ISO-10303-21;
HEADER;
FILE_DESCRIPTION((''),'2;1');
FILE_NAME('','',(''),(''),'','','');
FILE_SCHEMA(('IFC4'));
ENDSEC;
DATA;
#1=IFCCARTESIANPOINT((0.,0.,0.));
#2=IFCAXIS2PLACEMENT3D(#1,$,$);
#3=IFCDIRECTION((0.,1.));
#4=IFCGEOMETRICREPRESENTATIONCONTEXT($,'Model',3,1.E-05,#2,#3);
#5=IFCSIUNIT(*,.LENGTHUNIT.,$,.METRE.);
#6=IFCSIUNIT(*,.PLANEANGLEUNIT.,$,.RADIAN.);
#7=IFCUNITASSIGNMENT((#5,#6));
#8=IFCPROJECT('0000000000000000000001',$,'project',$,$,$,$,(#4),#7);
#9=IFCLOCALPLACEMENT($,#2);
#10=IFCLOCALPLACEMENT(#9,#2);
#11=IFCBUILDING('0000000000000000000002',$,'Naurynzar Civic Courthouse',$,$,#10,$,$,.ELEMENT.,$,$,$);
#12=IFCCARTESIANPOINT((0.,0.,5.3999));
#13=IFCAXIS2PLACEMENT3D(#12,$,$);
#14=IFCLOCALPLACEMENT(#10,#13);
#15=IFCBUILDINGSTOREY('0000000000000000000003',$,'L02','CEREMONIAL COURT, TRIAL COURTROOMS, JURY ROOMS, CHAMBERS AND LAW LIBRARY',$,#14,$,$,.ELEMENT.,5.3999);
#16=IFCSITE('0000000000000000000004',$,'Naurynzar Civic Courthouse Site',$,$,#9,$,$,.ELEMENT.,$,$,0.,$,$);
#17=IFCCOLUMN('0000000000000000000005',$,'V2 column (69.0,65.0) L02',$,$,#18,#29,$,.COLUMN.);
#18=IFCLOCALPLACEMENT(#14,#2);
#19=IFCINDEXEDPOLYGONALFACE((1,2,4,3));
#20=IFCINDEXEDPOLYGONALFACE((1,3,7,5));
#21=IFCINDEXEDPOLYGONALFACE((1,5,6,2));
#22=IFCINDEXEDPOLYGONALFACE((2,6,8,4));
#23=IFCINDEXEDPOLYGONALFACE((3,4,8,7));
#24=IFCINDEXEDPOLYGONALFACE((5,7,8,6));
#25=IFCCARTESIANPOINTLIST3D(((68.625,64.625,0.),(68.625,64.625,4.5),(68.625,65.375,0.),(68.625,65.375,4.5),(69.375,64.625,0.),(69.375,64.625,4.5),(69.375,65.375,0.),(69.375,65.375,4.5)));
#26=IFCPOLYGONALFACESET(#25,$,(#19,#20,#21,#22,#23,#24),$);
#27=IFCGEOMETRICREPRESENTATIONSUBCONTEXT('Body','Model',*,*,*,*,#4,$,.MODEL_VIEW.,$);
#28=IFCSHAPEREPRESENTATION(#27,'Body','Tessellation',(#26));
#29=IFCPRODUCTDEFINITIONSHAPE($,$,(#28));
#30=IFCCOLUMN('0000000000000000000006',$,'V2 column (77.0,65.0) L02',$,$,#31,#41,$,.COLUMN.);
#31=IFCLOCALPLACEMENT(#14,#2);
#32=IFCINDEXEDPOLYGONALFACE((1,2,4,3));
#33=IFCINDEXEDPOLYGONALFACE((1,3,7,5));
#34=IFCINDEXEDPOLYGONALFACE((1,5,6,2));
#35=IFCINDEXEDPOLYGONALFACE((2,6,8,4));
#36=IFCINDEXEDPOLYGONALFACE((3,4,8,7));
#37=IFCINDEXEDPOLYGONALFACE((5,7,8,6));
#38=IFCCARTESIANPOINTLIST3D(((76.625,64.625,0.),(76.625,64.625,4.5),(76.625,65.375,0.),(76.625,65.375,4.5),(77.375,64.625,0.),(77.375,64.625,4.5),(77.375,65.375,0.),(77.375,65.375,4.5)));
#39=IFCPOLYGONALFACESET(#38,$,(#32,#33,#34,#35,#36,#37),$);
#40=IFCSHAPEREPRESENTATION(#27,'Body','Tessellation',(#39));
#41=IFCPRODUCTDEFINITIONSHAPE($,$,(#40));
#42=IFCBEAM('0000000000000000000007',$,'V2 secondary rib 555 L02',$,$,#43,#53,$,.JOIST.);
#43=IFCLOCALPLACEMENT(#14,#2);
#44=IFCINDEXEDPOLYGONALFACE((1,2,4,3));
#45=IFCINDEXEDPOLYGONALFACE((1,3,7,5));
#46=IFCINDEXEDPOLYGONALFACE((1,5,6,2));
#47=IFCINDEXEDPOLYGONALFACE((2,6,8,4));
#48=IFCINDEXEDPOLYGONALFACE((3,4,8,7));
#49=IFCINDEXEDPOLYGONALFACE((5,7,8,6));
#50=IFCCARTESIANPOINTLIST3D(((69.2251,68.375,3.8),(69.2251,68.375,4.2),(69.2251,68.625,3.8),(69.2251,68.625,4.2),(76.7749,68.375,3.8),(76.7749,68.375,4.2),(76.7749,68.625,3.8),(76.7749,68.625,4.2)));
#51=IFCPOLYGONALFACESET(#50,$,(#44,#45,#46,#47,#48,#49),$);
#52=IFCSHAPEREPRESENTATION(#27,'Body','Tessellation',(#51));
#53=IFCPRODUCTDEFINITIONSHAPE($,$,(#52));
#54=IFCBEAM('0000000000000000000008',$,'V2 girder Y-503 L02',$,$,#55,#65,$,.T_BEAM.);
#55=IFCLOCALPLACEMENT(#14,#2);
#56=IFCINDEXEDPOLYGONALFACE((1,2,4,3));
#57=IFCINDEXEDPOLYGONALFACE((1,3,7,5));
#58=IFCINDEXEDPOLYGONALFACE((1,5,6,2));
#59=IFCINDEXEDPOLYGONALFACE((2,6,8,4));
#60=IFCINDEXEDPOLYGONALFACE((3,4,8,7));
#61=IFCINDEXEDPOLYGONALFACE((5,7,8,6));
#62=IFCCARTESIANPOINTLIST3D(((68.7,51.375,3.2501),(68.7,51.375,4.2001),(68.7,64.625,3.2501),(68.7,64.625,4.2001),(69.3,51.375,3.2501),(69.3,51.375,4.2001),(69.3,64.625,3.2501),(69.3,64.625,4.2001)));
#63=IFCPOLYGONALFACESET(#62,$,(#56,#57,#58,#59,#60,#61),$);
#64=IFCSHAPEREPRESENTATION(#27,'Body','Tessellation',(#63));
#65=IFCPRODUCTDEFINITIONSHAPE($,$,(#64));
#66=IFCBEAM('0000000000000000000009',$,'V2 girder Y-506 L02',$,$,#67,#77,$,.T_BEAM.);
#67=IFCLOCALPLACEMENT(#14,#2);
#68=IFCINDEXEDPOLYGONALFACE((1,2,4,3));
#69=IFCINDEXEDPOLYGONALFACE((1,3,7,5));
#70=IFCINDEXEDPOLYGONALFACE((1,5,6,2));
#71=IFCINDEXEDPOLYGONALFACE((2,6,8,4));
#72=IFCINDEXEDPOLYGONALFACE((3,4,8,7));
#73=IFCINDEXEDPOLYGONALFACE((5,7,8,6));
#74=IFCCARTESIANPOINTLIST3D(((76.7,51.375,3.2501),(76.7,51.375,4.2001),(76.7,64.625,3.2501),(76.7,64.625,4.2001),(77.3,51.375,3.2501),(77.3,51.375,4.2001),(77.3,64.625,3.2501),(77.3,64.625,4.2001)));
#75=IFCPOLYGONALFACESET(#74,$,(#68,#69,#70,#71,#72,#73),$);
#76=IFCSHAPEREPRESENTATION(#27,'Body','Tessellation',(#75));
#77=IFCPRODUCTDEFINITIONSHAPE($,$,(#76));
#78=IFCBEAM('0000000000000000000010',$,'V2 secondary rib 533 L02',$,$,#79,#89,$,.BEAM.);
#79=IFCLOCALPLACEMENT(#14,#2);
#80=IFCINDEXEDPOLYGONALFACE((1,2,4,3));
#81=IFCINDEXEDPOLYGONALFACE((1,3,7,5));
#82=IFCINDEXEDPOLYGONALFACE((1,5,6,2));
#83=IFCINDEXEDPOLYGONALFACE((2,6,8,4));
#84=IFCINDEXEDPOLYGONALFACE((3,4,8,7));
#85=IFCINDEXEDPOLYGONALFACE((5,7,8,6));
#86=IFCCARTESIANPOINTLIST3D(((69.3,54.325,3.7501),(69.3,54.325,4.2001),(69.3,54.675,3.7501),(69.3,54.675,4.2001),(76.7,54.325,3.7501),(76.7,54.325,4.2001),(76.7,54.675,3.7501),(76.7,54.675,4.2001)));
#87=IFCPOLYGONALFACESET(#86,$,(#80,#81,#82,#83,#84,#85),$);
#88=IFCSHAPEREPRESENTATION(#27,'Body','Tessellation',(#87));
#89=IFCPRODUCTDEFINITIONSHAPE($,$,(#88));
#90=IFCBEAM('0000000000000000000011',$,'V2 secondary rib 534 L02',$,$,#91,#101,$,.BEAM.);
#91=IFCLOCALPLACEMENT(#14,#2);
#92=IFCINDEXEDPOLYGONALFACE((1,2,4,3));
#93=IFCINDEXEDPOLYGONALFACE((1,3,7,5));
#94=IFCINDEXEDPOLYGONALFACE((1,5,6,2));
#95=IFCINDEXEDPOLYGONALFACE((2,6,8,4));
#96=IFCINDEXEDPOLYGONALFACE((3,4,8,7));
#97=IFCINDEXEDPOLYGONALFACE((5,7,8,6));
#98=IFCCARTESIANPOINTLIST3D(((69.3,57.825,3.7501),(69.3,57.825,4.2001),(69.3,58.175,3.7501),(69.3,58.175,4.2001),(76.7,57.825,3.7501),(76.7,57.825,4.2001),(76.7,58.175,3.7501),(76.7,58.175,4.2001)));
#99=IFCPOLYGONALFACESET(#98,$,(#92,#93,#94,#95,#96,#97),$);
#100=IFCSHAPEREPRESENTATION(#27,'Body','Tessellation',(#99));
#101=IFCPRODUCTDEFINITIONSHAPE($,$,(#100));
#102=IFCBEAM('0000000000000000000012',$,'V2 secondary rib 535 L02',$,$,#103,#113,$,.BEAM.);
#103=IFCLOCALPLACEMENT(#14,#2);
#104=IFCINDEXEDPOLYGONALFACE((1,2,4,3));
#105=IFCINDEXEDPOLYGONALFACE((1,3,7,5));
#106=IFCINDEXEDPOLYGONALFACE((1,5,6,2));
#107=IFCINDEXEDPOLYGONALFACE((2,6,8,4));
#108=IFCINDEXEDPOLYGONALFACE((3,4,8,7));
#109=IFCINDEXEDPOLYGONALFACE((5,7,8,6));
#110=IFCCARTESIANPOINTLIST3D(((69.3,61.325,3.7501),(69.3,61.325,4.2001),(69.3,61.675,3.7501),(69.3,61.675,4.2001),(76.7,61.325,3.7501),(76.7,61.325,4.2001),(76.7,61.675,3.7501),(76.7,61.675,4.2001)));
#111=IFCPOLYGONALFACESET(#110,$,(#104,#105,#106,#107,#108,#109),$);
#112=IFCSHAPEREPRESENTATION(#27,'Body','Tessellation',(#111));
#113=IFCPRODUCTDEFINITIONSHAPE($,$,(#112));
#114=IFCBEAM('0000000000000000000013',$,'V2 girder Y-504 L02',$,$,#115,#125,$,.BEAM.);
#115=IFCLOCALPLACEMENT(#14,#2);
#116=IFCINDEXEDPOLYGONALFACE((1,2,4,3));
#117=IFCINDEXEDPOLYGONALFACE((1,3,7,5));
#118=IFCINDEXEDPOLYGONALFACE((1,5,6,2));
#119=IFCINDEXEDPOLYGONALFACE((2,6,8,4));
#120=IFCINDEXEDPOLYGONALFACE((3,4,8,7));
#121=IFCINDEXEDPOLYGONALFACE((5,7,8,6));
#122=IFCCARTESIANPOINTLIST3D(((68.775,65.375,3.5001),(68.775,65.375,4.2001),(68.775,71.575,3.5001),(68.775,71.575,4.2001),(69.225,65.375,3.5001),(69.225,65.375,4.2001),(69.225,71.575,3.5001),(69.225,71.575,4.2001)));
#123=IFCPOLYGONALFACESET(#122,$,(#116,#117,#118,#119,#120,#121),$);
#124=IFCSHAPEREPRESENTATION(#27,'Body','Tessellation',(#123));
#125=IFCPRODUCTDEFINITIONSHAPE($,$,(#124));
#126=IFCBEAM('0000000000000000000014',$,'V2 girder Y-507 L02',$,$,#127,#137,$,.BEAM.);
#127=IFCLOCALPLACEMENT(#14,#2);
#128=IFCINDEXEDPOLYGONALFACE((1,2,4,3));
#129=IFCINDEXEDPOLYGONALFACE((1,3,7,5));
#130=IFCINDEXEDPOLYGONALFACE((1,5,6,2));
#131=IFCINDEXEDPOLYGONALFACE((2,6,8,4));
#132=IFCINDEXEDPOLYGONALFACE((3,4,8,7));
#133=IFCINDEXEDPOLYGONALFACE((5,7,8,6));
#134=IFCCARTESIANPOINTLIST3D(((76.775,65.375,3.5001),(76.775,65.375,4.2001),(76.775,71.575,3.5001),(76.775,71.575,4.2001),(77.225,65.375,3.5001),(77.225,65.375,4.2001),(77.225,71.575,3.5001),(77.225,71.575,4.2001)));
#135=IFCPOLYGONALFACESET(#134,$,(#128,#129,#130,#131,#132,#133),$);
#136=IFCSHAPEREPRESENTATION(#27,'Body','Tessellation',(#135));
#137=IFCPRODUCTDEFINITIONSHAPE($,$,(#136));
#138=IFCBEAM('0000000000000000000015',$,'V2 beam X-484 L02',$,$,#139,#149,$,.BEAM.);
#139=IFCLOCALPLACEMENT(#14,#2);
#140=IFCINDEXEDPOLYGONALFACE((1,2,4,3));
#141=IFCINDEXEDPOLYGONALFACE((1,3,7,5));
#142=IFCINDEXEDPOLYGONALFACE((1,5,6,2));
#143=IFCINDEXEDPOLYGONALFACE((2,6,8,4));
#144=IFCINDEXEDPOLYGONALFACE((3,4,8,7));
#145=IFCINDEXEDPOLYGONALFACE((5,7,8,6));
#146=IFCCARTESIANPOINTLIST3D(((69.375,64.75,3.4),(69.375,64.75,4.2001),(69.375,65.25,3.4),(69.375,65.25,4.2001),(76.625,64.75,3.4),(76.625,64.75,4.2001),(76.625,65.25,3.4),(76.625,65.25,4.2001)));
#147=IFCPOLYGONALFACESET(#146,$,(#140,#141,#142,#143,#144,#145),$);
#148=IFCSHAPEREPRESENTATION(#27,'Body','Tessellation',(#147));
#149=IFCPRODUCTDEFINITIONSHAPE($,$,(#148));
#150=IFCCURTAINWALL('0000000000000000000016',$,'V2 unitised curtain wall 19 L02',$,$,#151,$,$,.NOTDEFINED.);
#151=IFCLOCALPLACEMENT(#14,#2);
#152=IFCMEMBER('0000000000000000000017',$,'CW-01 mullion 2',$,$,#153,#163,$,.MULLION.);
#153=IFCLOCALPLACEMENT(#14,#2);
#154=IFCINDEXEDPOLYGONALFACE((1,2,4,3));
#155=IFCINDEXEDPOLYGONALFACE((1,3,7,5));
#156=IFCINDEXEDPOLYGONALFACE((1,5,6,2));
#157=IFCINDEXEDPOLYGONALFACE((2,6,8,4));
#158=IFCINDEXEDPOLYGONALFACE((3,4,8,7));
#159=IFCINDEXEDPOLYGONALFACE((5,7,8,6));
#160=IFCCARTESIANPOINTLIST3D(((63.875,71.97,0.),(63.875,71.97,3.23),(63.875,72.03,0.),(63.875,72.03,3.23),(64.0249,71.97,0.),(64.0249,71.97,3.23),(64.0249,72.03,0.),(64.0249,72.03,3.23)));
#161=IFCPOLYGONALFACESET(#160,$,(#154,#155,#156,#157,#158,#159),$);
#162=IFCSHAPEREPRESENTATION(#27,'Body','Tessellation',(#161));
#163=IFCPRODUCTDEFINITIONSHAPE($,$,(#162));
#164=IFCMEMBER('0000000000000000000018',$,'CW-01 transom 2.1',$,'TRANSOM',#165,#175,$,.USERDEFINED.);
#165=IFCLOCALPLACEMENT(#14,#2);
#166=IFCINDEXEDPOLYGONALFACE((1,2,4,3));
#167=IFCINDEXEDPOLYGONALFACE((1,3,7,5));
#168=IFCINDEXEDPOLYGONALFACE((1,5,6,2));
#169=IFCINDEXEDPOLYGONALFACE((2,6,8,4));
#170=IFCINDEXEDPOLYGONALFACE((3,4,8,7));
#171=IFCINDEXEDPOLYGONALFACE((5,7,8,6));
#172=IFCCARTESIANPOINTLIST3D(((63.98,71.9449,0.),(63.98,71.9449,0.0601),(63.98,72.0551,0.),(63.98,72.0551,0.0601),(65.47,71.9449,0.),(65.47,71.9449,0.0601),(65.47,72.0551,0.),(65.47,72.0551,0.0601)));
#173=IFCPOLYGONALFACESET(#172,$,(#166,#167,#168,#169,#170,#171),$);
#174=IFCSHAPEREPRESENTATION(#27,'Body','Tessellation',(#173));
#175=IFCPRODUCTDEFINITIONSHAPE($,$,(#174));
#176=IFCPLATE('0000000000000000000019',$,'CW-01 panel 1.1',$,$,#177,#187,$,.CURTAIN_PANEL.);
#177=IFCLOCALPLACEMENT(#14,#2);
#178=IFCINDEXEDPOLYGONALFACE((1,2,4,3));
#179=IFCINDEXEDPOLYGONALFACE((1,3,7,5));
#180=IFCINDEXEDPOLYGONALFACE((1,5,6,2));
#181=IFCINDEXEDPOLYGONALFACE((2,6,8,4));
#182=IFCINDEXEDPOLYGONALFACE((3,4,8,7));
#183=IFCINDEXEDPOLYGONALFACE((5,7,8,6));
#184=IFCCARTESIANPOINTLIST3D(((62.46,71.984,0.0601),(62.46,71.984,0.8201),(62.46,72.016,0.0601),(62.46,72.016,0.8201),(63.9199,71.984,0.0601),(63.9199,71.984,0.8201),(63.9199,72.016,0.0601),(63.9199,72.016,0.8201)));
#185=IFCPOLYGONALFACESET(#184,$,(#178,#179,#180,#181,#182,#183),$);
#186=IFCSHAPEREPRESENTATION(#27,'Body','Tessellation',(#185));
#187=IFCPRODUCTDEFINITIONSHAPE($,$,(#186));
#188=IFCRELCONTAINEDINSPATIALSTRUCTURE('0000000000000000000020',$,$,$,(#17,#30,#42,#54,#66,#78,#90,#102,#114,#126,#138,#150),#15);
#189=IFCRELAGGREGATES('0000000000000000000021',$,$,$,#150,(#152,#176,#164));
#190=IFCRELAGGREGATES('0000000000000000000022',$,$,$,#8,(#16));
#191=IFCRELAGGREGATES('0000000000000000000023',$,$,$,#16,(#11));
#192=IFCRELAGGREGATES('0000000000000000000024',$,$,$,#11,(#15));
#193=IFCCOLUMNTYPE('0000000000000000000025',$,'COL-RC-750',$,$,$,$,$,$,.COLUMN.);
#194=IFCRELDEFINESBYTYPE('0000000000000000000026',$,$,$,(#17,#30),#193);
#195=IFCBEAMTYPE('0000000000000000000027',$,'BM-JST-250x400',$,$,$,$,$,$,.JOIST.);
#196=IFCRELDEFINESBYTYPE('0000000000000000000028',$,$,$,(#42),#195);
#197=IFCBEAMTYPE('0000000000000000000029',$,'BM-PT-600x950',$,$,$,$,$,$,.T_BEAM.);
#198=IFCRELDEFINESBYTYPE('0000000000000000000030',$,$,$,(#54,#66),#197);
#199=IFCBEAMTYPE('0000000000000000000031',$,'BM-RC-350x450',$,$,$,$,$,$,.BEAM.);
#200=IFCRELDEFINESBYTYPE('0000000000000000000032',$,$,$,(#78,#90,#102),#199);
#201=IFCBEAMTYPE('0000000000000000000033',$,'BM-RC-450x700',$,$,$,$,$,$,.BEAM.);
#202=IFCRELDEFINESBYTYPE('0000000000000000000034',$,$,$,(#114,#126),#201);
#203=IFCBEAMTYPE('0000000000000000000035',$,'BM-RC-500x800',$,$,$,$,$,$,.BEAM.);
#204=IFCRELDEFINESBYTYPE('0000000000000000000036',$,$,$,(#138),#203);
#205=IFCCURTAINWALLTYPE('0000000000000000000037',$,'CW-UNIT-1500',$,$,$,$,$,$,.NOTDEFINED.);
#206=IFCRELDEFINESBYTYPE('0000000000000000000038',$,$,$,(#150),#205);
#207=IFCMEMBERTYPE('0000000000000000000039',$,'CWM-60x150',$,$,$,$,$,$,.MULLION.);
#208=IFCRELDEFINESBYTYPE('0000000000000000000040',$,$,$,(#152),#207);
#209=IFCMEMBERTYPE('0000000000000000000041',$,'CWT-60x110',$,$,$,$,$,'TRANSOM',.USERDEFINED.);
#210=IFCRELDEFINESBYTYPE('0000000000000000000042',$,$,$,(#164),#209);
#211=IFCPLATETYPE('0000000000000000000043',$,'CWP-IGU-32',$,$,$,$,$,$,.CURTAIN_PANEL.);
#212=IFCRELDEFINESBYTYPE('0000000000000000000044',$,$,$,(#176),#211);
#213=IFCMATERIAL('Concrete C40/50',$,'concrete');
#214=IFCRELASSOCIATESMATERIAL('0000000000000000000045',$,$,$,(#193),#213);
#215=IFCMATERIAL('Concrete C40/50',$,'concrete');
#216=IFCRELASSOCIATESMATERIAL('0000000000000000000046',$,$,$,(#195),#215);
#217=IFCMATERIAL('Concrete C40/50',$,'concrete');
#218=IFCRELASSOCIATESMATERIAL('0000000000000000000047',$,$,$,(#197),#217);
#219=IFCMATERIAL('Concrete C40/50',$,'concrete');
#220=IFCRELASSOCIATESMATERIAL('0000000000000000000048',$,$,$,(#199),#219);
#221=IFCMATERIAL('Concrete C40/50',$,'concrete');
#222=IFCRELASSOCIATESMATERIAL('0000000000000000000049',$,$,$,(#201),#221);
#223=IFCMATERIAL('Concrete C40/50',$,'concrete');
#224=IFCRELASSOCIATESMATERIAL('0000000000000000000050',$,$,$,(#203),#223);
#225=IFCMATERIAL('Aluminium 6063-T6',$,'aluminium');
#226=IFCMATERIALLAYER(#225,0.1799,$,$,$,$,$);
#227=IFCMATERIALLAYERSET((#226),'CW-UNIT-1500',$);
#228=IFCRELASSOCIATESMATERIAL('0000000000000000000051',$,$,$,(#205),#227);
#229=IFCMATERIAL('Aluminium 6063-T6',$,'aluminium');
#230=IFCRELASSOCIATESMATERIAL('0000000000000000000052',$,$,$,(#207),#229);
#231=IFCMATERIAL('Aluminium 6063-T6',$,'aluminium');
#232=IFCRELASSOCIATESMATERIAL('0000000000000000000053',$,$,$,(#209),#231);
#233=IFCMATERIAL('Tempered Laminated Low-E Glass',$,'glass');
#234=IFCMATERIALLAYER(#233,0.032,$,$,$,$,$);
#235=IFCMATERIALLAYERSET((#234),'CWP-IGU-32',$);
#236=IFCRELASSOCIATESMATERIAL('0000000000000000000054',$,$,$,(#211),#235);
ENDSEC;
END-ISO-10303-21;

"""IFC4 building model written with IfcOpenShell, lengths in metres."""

from ifc_helpers import new_model, si_unit, direction, frame, origin, origin_2d, place, context, subcontext, project, spatial, rectangle, extrude, material, layer, layer_set, material_profile, profile_set, type_object, element, aggregate, save


model = new_model("IFC4")

# Units and contexts
model_context = context("Model", 3, precision=1e-05, world=origin(), true_north=direction((0.0, 1.0)))
body_context = subcontext(model_context, "Body", "Model", "MODEL_VIEW")
ifc_project = project(units=[si_unit("LENGTHUNIT", "METRE"), si_unit("PLANEANGLEUNIT", "RADIAN")], contexts=[model_context])

# Site, building, storey
site_placement = place(None, origin())
site = spatial("IfcSite", under=ifc_project, at=site_placement, Name="Naurynzar Civic Courthouse Site", CompositionType="ELEMENT", RefElevation=0.0)
building_placement = place(site_placement, origin())
building = spatial("IfcBuilding", under=site, at=building_placement, Name="Naurynzar Civic Courthouse", CompositionType="ELEMENT")
storey_placement = place(building_placement, frame((0.0, 0.0, 5.3999)))
storey = spatial("IfcBuildingStorey", under=building, at=storey_placement, Name="L02", Description="CEREMONIAL COURT, TRIAL COURTROOMS, JURY ROOMS, CHAMBERS AND LAW LIBRARY", CompositionType="ELEMENT", Elevation=5.3999)

# Columns
ifc_material_1 = material(Name="Concrete C40/50", Category="concrete")
ifc_material_profile_1 = material_profile(ifc_material_1, rectangle(XDim=0.75, YDim=0.75, at=origin_2d()), Name="RC 750x750")
ifc_profile_set_1 = profile_set([ifc_material_profile_1], Name="Concrete C40/50")
column_type = type_object("IfcColumnType", Name="COL-RC-750", PredefinedType="COLUMN", material=ifc_profile_set_1)
for number, where, z_axis, x_axis, name in (
    (1, (69.0, 65.0, 0.0), (0.0, 0.0, 1.0), (1.0, 0.0, 0.0), "V2 column (69.0,65.0) L02"),
    (2, (77.0, 65.0, 0.0), (0.0, 0.0, 1.0), (1.0, 0.0, 0.0), "V2 column (77.0,65.0) L02"),
):
    element("IfcColumn", number, at=place(storey_placement, frame(where, z_axis=z_axis, x_axis=x_axis)), inside=storey, type_object=column_type, Name=name, PredefinedType="COLUMN", context=body_context, shape_type="SweptSolid", body=[
        extrude(rectangle(XDim=0.75, YDim=0.75, at=origin_2d()), origin(), (0.0, 0.0, 1.0), 4.5),
    ])

# Beams
ifc_material_2 = material(Name="Concrete C40/50", Category="concrete")
ifc_material_profile_2 = material_profile(ifc_material_2, rectangle(XDim=0.25, YDim=0.3999, at=origin_2d()), Name="RCB 250x400")
ifc_profile_set_2 = profile_set([ifc_material_profile_2], Name="Concrete C40/50")
beam_type_1 = type_object("IfcBeamType", Name="BM-JST-250x400", PredefinedType="JOIST", material=ifc_profile_set_2)
beam_1_placement = place(storey_placement, frame((69.2251, 68.5, 4.0), z_axis=(1.0, 0.0, 0.0), x_axis=(0.0, 1.0, 0.0)))
element("IfcBeam", 3, at=beam_1_placement, inside=storey, type_object=beam_type_1, Name="V2 secondary rib 555 L02", PredefinedType="JOIST", context=body_context, shape_type="SweptSolid", body=[
    extrude(rectangle(XDim=0.25, YDim=0.3999, at=origin_2d()), origin(), (0.0, 0.0, 1.0), 7.5498),
])
ifc_material_3 = material(Name="Concrete C40/50", Category="concrete")
ifc_material_profile_3 = material_profile(ifc_material_3, rectangle(XDim=0.6001, YDim=0.95, at=origin_2d()), Name="PTB 600x950")
ifc_profile_set_3 = profile_set([ifc_material_profile_3], Name="Concrete C40/50")
beam_type_2 = type_object("IfcBeamType", Name="BM-PT-600x950", PredefinedType="T_BEAM", material=ifc_profile_set_3)
for number, where, z_axis, x_axis, name in (
    (4, (69.0, 51.375, 3.7251), (0.0, 1.0, 0.0), (-1.0, 0.0, 0.0), "V2 girder Y-503 L02"),
    (5, (77.0, 51.375, 3.7251), (0.0, 1.0, 0.0), (-1.0, 0.0, 0.0), "V2 girder Y-506 L02"),
):
    element("IfcBeam", number, at=place(storey_placement, frame(where, z_axis=z_axis, x_axis=x_axis)), inside=storey, type_object=beam_type_2, Name=name, PredefinedType="T_BEAM", context=body_context, shape_type="SweptSolid", body=[
        extrude(rectangle(XDim=0.6001, YDim=0.95, at=origin_2d()), origin(), (0.0, 0.0, 1.0), 13.25),
    ])
ifc_material_4 = material(Name="Concrete C40/50", Category="concrete")
ifc_material_profile_4 = material_profile(ifc_material_4, rectangle(XDim=0.3501, YDim=0.45, at=origin_2d()), Name="RCB 350x450")
ifc_profile_set_4 = profile_set([ifc_material_profile_4], Name="Concrete C40/50")
beam_type_3 = type_object("IfcBeamType", Name="BM-RC-350x450", PredefinedType="BEAM", material=ifc_profile_set_4)
for number, where, z_axis, x_axis, name in (
    (6, (69.3, 54.5, 3.9751), (1.0, 0.0, 0.0), (0.0, 1.0, 0.0), "V2 secondary rib 533 L02"),
    (7, (69.3, 58.0, 3.9751), (1.0, 0.0, 0.0), (0.0, 1.0, 0.0), "V2 secondary rib 534 L02"),
    (8, (69.3, 61.5, 3.9751), (1.0, 0.0, 0.0), (0.0, 1.0, 0.0), "V2 secondary rib 535 L02"),
):
    element("IfcBeam", number, at=place(storey_placement, frame(where, z_axis=z_axis, x_axis=x_axis)), inside=storey, type_object=beam_type_3, Name=name, PredefinedType="BEAM", context=body_context, shape_type="SweptSolid", body=[
        extrude(rectangle(XDim=0.3501, YDim=0.45, at=origin_2d()), origin(), (0.0, 0.0, 1.0), 7.3999),
    ])
ifc_material_5 = material(Name="Concrete C40/50", Category="concrete")
ifc_material_profile_5 = material_profile(ifc_material_5, rectangle(XDim=0.45, YDim=0.7, at=origin_2d()), Name="RCB 450x700")
ifc_profile_set_5 = profile_set([ifc_material_profile_5], Name="Concrete C40/50")
beam_type_4 = type_object("IfcBeamType", Name="BM-RC-450x700", PredefinedType="BEAM", material=ifc_profile_set_5)
for number, where, z_axis, x_axis, name in (
    (9, (69.0, 65.375, 3.8501), (0.0, 1.0, 0.0), (-1.0, 0.0, 0.0), "V2 girder Y-504 L02"),
    (10, (77.0, 65.375, 3.8501), (0.0, 1.0, 0.0), (-1.0, 0.0, 0.0), "V2 girder Y-507 L02"),
):
    element("IfcBeam", number, at=place(storey_placement, frame(where, z_axis=z_axis, x_axis=x_axis)), inside=storey, type_object=beam_type_4, Name=name, PredefinedType="BEAM", context=body_context, shape_type="SweptSolid", body=[
        extrude(rectangle(XDim=0.45, YDim=0.7, at=origin_2d()), origin(), (0.0, 0.0, 1.0), 6.2),
    ])
ifc_material_6 = material(Name="Concrete C40/50", Category="concrete")
ifc_material_profile_6 = material_profile(ifc_material_6, rectangle(XDim=0.5, YDim=0.8, at=origin_2d()), Name="RCB 500x800")
ifc_profile_set_6 = profile_set([ifc_material_profile_6], Name="Concrete C40/50")
beam_type_5 = type_object("IfcBeamType", Name="BM-RC-500x800", PredefinedType="BEAM", material=ifc_profile_set_6)
beam_2_placement = place(storey_placement, frame((69.375, 65.0, 3.8), z_axis=(1.0, 0.0, 0.0), x_axis=(0.0, 1.0, 0.0)))
element("IfcBeam", 11, at=beam_2_placement, inside=storey, type_object=beam_type_5, Name="V2 beam X-484 L02", PredefinedType="BEAM", context=body_context, shape_type="SweptSolid", body=[
    extrude(rectangle(XDim=0.5, YDim=0.8, at=origin_2d()), origin(), (0.0, 0.0, 1.0), 7.25),
])

# Curtain wall, members, plate
ifc_material_7 = material(Name="Aluminium 6063-T6", Category="aluminium")
ifc_layer_1 = layer(ifc_material_7, 0.1799)
ifc_layer_set_1 = layer_set([ifc_layer_1], Name="CW-UNIT-1500")
curtain_wall_type = type_object("IfcCurtainWallType", Name="CW-UNIT-1500", PredefinedType="NOTDEFINED", material=ifc_layer_set_1)
curtain_wall_placement = place(storey_placement, origin())
curtain_wall = element("IfcCurtainWall", 12, at=curtain_wall_placement, inside=storey, type_object=curtain_wall_type, Name="V2 unitised curtain wall 19 L02", PredefinedType="NOTDEFINED")
ifc_material_8 = material(Name="Aluminium 6063-T6", Category="aluminium")
ifc_material_profile_7 = material_profile(ifc_material_8, rectangle(XDim=0.0601, YDim=0.1499, at=origin_2d()), Name="ALU MULLION 60x150")
ifc_profile_set_7 = profile_set([ifc_material_profile_7], Name="Aluminium 6063-T6")
member_type_1 = type_object("IfcMemberType", Name="CWM-60x150", PredefinedType="MULLION", material=ifc_profile_set_7)
member_1_placement = place(storey_placement, frame((63.95, 72.0, 0.0), z_axis=(0.0, 0.0, 1.0), x_axis=(0.0, 1.0, 0.0)))
member_1 = element("IfcMember", 13, at=member_1_placement, type_object=member_type_1, Name="CW-01 mullion 2", PredefinedType="MULLION", context=body_context, shape_type="SweptSolid", body=[
    extrude(rectangle(XDim=0.0601, YDim=0.1499, at=origin_2d()), origin(), (0.0, 0.0, 1.0), 3.23),
])
ifc_material_9 = material(Name="Aluminium 6063-T6", Category="aluminium")
ifc_material_profile_8 = material_profile(ifc_material_9, rectangle(XDim=0.1101, YDim=0.0601, at=origin_2d()), Name="ALU TRANSOM 60x110")
ifc_profile_set_8 = profile_set([ifc_material_profile_8], Name="Aluminium 6063-T6")
member_type_2 = type_object("IfcMemberType", Name="CWT-60x110", ElementType="TRANSOM", PredefinedType="USERDEFINED", material=ifc_profile_set_8)
member_2_placement = place(storey_placement, frame((63.98, 72.0, 0.03), z_axis=(1.0, 0.0, 0.0), x_axis=(0.0, 1.0, 0.0)))
member_2 = element("IfcMember", 14, at=member_2_placement, type_object=member_type_2, Name="CW-01 transom 2.1", ObjectType="TRANSOM", PredefinedType="USERDEFINED", context=body_context, shape_type="SweptSolid", body=[
    extrude(rectangle(XDim=0.1101, YDim=0.0601, at=origin_2d()), origin(), (0.0, 0.0, 1.0), 1.49),
])
ifc_material_10 = material(Name="Tempered Laminated Low-E Glass", Category="glass")
ifc_layer_2 = layer(ifc_material_10, 0.032)
ifc_layer_set_2 = layer_set([ifc_layer_2], Name="CWP-IGU-32")
plate_type = type_object("IfcPlateType", Name="CWP-IGU-32", PredefinedType="CURTAIN_PANEL", material=ifc_layer_set_2)
plate_1_placement = place(storey_placement, frame((63.1899, 72.0, 0.0601), z_axis=(0.0, 0.0, 1.0), x_axis=(1.0, 0.0, 0.0)))
plate_1 = element("IfcPlate", 15, at=plate_1_placement, type_object=plate_type, Name="CW-01 panel 1.1", PredefinedType="CURTAIN_PANEL", context=body_context, shape_type="SweptSolid", body=[
    extrude(rectangle(XDim=1.46, YDim=0.032, at=origin_2d()), origin(), (0.0, 0.0, 1.0), 0.76),
])
aggregate(curtain_wall, [member_1, plate_1, member_2])

save(model, "model.ifc")
